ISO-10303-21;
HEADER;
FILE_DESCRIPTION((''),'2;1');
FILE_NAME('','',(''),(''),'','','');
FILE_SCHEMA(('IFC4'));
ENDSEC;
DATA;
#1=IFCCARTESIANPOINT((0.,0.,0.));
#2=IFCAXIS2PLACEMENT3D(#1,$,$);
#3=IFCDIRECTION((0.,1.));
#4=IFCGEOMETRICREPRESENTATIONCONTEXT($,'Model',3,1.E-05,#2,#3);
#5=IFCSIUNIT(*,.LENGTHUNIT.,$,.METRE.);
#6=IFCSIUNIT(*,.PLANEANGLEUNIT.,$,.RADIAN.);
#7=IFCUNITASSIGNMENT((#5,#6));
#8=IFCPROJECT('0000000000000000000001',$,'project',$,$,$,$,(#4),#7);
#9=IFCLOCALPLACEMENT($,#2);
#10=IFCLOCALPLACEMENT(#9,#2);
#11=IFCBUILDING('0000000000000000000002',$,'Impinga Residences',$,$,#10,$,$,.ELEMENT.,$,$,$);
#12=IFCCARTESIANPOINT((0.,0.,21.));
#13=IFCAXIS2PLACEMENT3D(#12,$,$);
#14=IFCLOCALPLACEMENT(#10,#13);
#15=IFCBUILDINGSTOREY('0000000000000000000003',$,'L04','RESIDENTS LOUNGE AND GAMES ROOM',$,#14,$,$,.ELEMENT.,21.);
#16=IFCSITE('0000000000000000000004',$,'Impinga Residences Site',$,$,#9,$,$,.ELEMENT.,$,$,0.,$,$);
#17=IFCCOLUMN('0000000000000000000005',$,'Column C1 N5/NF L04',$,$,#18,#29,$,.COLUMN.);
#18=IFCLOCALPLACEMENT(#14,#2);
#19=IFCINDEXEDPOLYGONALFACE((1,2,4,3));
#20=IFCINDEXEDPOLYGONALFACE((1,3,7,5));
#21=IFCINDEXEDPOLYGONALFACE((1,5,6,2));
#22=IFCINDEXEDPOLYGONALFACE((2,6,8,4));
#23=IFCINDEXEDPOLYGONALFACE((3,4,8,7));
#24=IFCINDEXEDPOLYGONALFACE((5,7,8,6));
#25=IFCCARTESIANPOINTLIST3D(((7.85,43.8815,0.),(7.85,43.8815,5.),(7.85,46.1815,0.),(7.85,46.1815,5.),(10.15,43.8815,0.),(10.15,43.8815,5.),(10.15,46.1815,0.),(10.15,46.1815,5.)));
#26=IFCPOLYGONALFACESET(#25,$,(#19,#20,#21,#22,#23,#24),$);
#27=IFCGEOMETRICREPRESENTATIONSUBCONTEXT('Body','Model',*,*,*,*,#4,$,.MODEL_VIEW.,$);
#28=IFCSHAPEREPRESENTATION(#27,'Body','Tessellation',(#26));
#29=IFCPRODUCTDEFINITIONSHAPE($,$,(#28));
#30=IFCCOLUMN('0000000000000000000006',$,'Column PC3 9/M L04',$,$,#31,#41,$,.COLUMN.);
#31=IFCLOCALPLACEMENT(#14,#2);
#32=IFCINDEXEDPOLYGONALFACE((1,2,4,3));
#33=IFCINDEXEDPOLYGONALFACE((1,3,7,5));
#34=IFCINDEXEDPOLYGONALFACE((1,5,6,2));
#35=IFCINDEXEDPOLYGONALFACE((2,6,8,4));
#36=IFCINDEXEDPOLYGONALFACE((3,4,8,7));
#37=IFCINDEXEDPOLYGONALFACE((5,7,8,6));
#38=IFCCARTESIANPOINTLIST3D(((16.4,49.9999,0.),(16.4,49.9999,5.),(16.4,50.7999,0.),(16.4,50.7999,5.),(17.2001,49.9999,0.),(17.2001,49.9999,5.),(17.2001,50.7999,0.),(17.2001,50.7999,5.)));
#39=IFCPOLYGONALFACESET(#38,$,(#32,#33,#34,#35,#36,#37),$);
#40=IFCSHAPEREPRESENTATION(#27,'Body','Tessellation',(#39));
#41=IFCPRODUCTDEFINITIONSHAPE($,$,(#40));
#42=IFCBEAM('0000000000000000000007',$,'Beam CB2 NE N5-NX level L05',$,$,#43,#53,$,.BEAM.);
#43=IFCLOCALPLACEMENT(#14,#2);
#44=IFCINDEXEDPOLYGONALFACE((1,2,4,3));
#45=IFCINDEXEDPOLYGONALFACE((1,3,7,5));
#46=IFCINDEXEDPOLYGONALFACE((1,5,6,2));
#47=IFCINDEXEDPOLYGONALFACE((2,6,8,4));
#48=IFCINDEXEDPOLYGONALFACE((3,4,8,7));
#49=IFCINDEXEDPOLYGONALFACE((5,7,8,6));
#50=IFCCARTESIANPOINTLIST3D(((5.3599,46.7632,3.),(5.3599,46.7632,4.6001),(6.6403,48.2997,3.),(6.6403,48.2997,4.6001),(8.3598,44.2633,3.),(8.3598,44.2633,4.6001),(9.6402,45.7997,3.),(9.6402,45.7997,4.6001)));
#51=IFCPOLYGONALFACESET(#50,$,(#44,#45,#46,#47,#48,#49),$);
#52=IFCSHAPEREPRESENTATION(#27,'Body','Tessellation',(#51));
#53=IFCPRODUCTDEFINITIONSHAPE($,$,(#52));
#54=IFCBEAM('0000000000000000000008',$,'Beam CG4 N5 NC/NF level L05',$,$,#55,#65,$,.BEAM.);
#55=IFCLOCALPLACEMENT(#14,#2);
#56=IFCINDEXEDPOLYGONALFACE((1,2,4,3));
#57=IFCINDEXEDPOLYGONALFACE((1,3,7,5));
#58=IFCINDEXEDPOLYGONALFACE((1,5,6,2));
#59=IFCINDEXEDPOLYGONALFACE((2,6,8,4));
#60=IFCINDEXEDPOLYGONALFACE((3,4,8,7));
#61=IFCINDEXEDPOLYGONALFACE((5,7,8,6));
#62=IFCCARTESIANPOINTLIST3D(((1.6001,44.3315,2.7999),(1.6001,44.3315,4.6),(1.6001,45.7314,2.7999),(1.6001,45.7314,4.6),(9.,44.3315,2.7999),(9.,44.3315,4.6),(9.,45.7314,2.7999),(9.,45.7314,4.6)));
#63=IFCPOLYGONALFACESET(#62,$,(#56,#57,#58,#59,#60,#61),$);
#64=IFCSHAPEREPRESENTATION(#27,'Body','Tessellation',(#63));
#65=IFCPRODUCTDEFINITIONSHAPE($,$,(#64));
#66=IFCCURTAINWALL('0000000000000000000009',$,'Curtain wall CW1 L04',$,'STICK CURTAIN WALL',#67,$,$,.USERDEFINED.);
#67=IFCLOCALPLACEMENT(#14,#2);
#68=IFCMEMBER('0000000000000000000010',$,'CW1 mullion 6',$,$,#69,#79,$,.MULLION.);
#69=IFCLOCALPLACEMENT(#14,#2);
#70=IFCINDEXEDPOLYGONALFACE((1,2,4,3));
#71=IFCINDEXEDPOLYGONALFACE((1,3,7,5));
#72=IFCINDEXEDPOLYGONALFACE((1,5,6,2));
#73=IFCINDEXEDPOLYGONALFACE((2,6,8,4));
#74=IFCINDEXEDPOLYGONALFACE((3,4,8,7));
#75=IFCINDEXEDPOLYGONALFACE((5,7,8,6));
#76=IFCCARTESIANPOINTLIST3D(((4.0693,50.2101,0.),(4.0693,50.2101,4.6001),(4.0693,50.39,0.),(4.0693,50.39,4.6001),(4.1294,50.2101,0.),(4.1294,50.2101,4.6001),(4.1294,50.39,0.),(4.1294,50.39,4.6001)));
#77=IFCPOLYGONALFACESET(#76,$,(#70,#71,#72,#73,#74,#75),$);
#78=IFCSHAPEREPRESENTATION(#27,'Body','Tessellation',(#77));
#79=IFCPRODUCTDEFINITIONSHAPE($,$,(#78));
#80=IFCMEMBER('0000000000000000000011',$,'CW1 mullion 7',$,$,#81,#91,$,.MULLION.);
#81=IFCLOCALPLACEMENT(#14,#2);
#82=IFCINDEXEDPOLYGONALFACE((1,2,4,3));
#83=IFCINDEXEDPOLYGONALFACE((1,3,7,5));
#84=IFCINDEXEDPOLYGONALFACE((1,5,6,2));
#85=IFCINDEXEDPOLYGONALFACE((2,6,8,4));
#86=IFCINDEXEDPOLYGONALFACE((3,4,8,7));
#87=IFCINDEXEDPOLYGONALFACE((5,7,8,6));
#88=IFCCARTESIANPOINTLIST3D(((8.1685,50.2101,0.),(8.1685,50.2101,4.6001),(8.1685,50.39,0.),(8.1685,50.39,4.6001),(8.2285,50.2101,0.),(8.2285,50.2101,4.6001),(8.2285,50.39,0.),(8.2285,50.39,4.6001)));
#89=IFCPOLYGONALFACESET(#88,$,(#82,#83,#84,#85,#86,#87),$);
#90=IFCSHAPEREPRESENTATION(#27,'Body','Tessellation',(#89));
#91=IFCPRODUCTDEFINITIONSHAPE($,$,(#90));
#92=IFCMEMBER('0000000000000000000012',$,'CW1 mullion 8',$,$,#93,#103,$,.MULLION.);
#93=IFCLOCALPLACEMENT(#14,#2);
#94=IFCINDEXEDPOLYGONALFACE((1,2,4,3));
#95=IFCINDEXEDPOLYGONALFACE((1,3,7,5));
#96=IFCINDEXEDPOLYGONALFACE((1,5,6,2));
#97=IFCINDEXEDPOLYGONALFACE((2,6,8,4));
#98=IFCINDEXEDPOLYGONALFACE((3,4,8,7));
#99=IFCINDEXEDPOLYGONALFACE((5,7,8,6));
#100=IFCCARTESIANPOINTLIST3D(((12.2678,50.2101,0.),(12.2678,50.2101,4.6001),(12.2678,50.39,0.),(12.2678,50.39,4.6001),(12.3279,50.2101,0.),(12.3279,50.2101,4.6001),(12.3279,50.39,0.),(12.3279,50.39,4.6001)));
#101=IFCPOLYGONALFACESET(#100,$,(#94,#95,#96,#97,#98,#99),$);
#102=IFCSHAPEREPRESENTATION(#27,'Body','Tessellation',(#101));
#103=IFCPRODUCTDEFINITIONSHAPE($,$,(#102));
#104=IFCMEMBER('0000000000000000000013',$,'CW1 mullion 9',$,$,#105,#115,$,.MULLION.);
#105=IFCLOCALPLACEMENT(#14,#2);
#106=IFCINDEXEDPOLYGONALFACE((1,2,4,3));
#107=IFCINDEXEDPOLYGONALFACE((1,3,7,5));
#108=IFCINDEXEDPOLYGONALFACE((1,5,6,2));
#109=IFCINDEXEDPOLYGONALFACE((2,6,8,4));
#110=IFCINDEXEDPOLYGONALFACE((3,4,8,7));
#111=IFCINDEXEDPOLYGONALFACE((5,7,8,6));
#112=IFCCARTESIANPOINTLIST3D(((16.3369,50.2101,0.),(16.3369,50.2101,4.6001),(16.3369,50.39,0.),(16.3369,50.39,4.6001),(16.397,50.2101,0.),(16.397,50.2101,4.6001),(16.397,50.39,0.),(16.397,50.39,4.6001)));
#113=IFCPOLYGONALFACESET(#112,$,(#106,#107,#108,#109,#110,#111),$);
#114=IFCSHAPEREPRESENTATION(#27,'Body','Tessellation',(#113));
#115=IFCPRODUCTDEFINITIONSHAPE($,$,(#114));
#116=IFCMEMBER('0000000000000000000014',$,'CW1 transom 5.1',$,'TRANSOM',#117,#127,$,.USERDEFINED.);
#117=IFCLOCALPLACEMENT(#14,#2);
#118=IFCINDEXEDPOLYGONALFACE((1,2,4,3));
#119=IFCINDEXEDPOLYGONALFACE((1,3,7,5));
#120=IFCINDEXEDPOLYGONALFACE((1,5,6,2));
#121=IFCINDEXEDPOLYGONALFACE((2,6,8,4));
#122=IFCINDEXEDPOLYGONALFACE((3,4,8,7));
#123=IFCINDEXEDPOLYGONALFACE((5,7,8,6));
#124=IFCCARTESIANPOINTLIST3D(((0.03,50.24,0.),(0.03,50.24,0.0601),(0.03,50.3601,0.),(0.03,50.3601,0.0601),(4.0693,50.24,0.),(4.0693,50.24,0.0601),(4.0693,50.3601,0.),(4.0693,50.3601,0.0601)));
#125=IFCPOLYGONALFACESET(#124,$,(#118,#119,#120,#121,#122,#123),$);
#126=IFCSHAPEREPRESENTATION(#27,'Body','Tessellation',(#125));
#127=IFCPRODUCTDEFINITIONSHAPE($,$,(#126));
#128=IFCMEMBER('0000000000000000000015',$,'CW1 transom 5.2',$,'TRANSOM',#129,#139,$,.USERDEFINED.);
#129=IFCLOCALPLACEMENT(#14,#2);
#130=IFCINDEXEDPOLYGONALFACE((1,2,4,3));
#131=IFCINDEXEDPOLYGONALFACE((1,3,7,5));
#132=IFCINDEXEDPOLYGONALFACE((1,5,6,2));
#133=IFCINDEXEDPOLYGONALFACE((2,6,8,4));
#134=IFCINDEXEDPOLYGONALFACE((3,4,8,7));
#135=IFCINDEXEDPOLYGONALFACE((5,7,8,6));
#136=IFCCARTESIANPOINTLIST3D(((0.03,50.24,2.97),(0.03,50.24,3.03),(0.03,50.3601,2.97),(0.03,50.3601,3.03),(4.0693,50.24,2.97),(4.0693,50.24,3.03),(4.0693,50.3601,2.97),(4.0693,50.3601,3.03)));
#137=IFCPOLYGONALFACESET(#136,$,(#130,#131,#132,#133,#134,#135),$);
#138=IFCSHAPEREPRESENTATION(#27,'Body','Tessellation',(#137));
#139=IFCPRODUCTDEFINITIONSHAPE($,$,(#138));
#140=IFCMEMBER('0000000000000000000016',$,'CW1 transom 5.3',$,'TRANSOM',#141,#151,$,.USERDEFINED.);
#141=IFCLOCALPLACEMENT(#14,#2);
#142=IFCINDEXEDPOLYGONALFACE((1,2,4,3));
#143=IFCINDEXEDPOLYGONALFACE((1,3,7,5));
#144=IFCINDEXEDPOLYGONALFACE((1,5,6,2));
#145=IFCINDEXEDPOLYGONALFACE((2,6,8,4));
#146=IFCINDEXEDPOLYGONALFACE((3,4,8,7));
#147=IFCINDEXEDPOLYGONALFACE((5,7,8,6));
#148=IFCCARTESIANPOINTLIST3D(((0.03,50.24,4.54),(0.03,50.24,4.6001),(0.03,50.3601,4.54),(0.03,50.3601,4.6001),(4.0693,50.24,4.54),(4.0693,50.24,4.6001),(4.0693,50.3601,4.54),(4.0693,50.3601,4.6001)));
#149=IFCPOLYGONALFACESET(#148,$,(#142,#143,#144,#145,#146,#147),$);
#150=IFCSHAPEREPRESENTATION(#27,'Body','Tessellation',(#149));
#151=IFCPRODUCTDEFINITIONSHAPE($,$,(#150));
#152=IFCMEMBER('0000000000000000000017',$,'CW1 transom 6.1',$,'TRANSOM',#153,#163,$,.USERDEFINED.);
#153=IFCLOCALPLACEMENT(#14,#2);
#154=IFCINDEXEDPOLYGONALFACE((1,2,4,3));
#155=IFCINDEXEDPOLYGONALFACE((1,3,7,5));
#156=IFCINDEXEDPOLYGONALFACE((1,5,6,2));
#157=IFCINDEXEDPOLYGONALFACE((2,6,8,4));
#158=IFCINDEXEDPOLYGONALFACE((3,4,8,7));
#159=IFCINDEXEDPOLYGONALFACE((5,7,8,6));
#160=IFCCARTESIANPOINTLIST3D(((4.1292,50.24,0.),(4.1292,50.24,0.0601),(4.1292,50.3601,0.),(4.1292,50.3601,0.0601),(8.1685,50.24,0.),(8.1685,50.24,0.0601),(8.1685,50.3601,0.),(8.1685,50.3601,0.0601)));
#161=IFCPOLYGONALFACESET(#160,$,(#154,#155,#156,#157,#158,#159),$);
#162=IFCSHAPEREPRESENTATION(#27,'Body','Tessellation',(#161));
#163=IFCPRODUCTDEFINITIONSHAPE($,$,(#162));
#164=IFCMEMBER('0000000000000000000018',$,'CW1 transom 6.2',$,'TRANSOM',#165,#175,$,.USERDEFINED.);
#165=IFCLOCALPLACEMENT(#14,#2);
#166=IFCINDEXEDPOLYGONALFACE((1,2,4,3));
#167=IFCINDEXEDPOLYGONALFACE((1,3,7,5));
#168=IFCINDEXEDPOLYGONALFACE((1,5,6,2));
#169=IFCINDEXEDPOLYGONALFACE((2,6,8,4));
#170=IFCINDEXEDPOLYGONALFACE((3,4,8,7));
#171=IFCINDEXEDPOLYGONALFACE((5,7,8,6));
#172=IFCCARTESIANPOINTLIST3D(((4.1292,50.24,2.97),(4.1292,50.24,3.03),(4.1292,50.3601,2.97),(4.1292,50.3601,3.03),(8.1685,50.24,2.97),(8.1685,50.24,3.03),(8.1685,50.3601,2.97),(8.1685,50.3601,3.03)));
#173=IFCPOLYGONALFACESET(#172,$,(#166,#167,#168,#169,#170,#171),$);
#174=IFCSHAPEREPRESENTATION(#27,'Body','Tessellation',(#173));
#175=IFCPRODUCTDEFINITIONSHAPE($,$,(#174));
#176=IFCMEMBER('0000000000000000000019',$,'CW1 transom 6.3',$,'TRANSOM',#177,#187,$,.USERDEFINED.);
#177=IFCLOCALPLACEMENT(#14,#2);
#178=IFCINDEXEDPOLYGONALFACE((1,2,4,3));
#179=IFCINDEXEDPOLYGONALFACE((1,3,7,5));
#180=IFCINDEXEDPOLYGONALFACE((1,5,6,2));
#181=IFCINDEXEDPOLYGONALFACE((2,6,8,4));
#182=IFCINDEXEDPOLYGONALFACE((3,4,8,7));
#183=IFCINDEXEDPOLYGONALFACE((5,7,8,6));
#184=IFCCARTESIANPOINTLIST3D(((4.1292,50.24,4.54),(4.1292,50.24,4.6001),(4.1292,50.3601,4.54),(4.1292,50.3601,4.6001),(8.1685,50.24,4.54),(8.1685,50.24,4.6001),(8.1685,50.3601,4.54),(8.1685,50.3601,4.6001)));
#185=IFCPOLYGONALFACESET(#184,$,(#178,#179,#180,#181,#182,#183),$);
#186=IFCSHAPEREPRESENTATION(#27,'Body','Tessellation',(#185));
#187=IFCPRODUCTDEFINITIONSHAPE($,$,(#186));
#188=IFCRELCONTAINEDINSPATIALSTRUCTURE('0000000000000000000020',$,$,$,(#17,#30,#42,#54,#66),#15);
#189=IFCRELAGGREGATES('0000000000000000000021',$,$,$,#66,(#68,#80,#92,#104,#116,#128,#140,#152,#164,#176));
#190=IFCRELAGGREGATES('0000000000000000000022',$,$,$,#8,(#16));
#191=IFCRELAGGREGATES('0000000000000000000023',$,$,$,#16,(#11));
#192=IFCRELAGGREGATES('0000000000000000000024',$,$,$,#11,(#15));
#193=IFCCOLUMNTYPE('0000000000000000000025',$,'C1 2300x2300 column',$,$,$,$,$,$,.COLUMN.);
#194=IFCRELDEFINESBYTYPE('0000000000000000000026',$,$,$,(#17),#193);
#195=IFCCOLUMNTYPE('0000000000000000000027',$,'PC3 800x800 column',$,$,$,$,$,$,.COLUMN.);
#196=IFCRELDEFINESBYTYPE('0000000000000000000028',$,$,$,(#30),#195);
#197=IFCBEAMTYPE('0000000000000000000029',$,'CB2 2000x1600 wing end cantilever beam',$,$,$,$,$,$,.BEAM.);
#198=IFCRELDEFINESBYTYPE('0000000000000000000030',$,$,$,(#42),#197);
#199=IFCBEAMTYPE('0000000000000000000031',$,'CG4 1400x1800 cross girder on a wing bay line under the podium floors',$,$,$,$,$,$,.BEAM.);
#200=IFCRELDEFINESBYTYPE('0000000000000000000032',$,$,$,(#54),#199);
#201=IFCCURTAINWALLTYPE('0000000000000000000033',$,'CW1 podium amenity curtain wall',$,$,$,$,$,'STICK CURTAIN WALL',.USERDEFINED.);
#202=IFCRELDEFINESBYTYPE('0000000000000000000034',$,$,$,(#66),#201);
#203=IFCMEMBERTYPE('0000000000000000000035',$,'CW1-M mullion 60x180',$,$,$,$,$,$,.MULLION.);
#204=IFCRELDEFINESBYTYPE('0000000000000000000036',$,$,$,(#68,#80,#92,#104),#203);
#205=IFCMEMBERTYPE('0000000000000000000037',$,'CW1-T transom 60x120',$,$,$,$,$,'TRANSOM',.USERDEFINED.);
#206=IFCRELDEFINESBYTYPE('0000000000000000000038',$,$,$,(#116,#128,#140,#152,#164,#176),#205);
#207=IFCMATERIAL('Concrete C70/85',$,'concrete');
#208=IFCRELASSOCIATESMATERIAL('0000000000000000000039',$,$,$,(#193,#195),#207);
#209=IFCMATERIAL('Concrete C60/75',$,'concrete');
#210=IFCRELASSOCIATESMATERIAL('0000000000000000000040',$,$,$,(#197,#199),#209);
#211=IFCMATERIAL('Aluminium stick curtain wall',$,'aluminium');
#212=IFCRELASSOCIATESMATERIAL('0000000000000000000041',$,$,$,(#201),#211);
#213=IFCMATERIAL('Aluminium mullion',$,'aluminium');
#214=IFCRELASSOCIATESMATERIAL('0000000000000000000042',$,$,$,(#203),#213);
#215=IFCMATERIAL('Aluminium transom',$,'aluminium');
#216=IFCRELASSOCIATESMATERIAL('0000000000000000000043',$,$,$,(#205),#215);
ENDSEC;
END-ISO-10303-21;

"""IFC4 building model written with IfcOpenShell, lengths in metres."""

from ifc_helpers import new_model, si_unit, direction, frame, origin, origin_2d, place, context, subcontext, project, spatial, rectangle, extrude, material, material_profile, profile_set, type_object, element, aggregate, save


model = new_model("IFC4")

# Units and contexts
model_context = context("Model", 3, precision=1e-05, world=origin(), true_north=direction((0.0, 1.0)))
body_context = subcontext(model_context, "Body", "Model", "MODEL_VIEW")
ifc_project = project(units=[si_unit("LENGTHUNIT", "METRE"), si_unit("PLANEANGLEUNIT", "RADIAN")], contexts=[model_context])

# Site, building, storey
site_placement = place(None, origin())
site = spatial("IfcSite", under=ifc_project, at=site_placement, Name="Impinga Residences Site", CompositionType="ELEMENT", RefElevation=0.0)
building_placement = place(site_placement, origin())
building = spatial("IfcBuilding", under=site, at=building_placement, Name="Impinga Residences", CompositionType="ELEMENT")
storey_placement = place(building_placement, frame((0.0, 0.0, 21.0)))
storey = spatial("IfcBuildingStorey", under=building, at=storey_placement, Name="L04", Description="RESIDENTS LOUNGE AND GAMES ROOM", CompositionType="ELEMENT", Elevation=21.0)

# Columns
ifc_material_1 = material(Name="Concrete C70/85", Category="concrete")
ifc_material_profile_1 = material_profile(ifc_material_1, rectangle(XDim=2.3, YDim=2.3, at=origin_2d()), Name="RC 2300x2300")
ifc_profile_set_1 = profile_set([ifc_material_profile_1], Name="Concrete C70/85")
column_type_1 = type_object("IfcColumnType", Name="C1 2300x2300 column", PredefinedType="COLUMN", material=ifc_profile_set_1)
column_1_placement = place(storey_placement, frame((9.0, 45.0315, 0.0), z_axis=(0.0, 0.0, 1.0), x_axis=(1.0, 0.0, 0.0)))
element("IfcColumn", 1, at=column_1_placement, inside=storey, type_object=column_type_1, Name="Column C1 N5/NF L04", PredefinedType="COLUMN", context=body_context, shape_type="SweptSolid", body=[
    extrude(rectangle(XDim=2.3, YDim=2.3, at=origin_2d()), origin(), (0.0, 0.0, 1.0), 5.0),
])
ifc_material_profile_2 = material_profile(ifc_material_1, rectangle(XDim=0.8, YDim=0.8, at=origin_2d()), Name="RC 800x800")
ifc_profile_set_2 = profile_set([ifc_material_profile_2], Name="Concrete C70/85")
column_type_2 = type_object("IfcColumnType", Name="PC3 800x800 column", PredefinedType="COLUMN", material=ifc_profile_set_2)
column_2_placement = place(storey_placement, frame((16.8, 50.3999, 0.0), z_axis=(0.0, 0.0, 1.0), x_axis=(1.0, 0.0, 0.0)))
element("IfcColumn", 2, at=column_2_placement, inside=storey, type_object=column_type_2, Name="Column PC3 9/M L04", PredefinedType="COLUMN", context=body_context, shape_type="SweptSolid", body=[
    extrude(rectangle(XDim=0.8, YDim=0.8, at=origin_2d()), origin(), (0.0, 0.0, 1.0), 5.0),
])

# Beams
ifc_material_2 = material(Name="Concrete C60/75", Category="concrete")
ifc_material_profile_3 = material_profile(ifc_material_2, rectangle(XDim=2.0, YDim=1.6001, at=origin_2d()), Name="RC 2000x1600")
ifc_profile_set_3 = profile_set([ifc_material_profile_3], Name="Concrete C60/75")
beam_type_1 = type_object("IfcBeamType", Name="CB2 2000x1600 wing end cantilever beam", PredefinedType="BEAM", material=ifc_profile_set_3)
beam_1_placement = place(storey_placement, frame((9.0, 45.0315, 3.8), z_axis=(-0.768221, 0.640184, 0.0), x_axis=(-0.640184, -0.768221, 0.0)))
element("IfcBeam", 3, at=beam_1_placement, inside=storey, type_object=beam_type_1, Name="Beam CB2 NE N5-NX level L05", PredefinedType="BEAM", context=body_context, shape_type="SweptSolid", body=[
    extrude(rectangle(XDim=2.0, YDim=1.6001, at=origin_2d()), origin(), (0.0, 0.0, 1.0), 3.905),
])
ifc_material_profile_4 = material_profile(ifc_material_2, rectangle(XDim=1.3999, YDim=1.8, at=origin_2d()), Name="RC 1400x1800")
ifc_profile_set_4 = profile_set([ifc_material_profile_4], Name="Concrete C60/75")
beam_type_2 = type_object("IfcBeamType", Name="CG4 1400x1800 cross girder on a wing bay line under the podium floors", PredefinedType="BEAM", material=ifc_profile_set_4)
beam_2_placement = place(storey_placement, frame((1.6001, 45.0315, 3.7), z_axis=(1.0, 0.0, 0.0), x_axis=(0.0, 1.0, 0.0)))
element("IfcBeam", 4, at=beam_2_placement, inside=storey, type_object=beam_type_2, Name="Beam CG4 N5 NC/NF level L05", PredefinedType="BEAM", context=body_context, shape_type="SweptSolid", body=[
    extrude(rectangle(XDim=1.3999, YDim=1.8, at=origin_2d()), origin(), (0.0, 0.0, 1.0), 7.3999),
])

# Curtain wall, members
ifc_material_3 = material(Name="Aluminium stick curtain wall", Category="aluminium")
curtain_wall_type = type_object("IfcCurtainWallType", Name="CW1 podium amenity curtain wall", ElementType="STICK CURTAIN WALL", PredefinedType="USERDEFINED", material=ifc_material_3)
curtain_wall_placement = place(storey_placement, origin())
curtain_wall = element("IfcCurtainWall", 5, at=curtain_wall_placement, inside=storey, type_object=curtain_wall_type, Name="Curtain wall CW1 L04", ObjectType="STICK CURTAIN WALL", PredefinedType="USERDEFINED")
ifc_material_4 = material(Name="Aluminium mullion", Category="aluminium")
ifc_material_profile_5 = material_profile(ifc_material_4, rectangle(XDim=0.0601, YDim=0.1799, at=origin_2d()), Name="60x180 mullion")
ifc_profile_set_5 = profile_set([ifc_material_profile_5], Name="Aluminium mullion")
member_type_1 = type_object("IfcMemberType", Name="CW1-M mullion 60x180", PredefinedType="MULLION", material=ifc_profile_set_5)
member_1_placement = place(storey_placement, frame((4.0994, 50.3, 0.0), z_axis=(0.0, 0.0, 1.0), x_axis=(1.0, 0.0, 0.0)))
member_1 = element("IfcMember", 6, at=member_1_placement, type_object=member_type_1, Name="CW1 mullion 6", PredefinedType="MULLION", context=body_context, shape_type="SweptSolid", body=[
    extrude(rectangle(XDim=0.0601, YDim=0.1799, at=origin_2d()), origin(), (0.0, 0.0, 1.0), 4.6001),
])
member_2_placement = place(storey_placement, frame((8.1985, 50.3, 0.0), z_axis=(0.0, 0.0, 1.0), x_axis=(1.0, 0.0, 0.0)))
member_2 = element("IfcMember", 7, at=member_2_placement, type_object=member_type_1, Name="CW1 mullion 7", PredefinedType="MULLION", context=body_context, shape_type="SweptSolid", body=[
    extrude(rectangle(XDim=0.0601, YDim=0.1799, at=origin_2d()), origin(), (0.0, 0.0, 1.0), 4.6001),
])
member_3_placement = place(storey_placement, frame((12.2979, 50.3, 0.0), z_axis=(0.0, 0.0, 1.0), x_axis=(1.0, 0.0, 0.0)))
member_3 = element("IfcMember", 8, at=member_3_placement, type_object=member_type_1, Name="CW1 mullion 8", PredefinedType="MULLION", context=body_context, shape_type="SweptSolid", body=[
    extrude(rectangle(XDim=0.0601, YDim=0.1799, at=origin_2d()), origin(), (0.0, 0.0, 1.0), 4.6001),
])
member_4_placement = place(storey_placement, frame((16.3669, 50.3, 0.0), z_axis=(0.0, 0.0, 1.0), x_axis=(1.0, 0.0, 0.0)))
member_4 = element("IfcMember", 9, at=member_4_placement, type_object=member_type_1, Name="CW1 mullion 9", PredefinedType="MULLION", context=body_context, shape_type="SweptSolid", body=[
    extrude(rectangle(XDim=0.0601, YDim=0.1799, at=origin_2d()), origin(), (0.0, 0.0, 1.0), 4.6001),
])
ifc_material_5 = material(Name="Aluminium transom", Category="aluminium")
ifc_material_profile_6 = material_profile(ifc_material_5, rectangle(XDim=0.0601, YDim=0.1201, at=origin_2d()), Name="60x120 transom")
ifc_profile_set_6 = profile_set([ifc_material_profile_6], Name="Aluminium transom")
member_type_2 = type_object("IfcMemberType", Name="CW1-T transom 60x120", ElementType="TRANSOM", PredefinedType="USERDEFINED", material=ifc_profile_set_6)
member_5_placement = place(storey_placement, frame((0.03, 50.3, 0.03), z_axis=(1.0, 0.0, 0.0), x_axis=(0.0, 0.0, 1.0)))
member_5 = element("IfcMember", 10, at=member_5_placement, type_object=member_type_2, Name="CW1 transom 5.1", ObjectType="TRANSOM", PredefinedType="USERDEFINED", context=body_context, shape_type="SweptSolid", body=[
    extrude(rectangle(XDim=0.0601, YDim=0.1201, at=origin_2d()), origin(), (0.0, 0.0, 1.0), 4.0393),
])
member_6_placement = place(storey_placement, frame((0.03, 50.3, 3.0), z_axis=(1.0, 0.0, 0.0), x_axis=(0.0, 0.0, 1.0)))
member_6 = element("IfcMember", 11, at=member_6_placement, type_object=member_type_2, Name="CW1 transom 5.2", ObjectType="TRANSOM", PredefinedType="USERDEFINED", context=body_context, shape_type="SweptSolid", body=[
    extrude(rectangle(XDim=0.0601, YDim=0.1201, at=origin_2d()), origin(), (0.0, 0.0, 1.0), 4.0393),
])
member_7_placement = place(storey_placement, frame((0.03, 50.3, 4.5701), z_axis=(1.0, 0.0, 0.0), x_axis=(0.0, 0.0, 1.0)))
member_7 = element("IfcMember", 12, at=member_7_placement, type_object=member_type_2, Name="CW1 transom 5.3", ObjectType="TRANSOM", PredefinedType="USERDEFINED", context=body_context, shape_type="SweptSolid", body=[
    extrude(rectangle(XDim=0.0601, YDim=0.1201, at=origin_2d()), origin(), (0.0, 0.0, 1.0), 4.0393),
])
member_8_placement = place(storey_placement, frame((4.1292, 50.3, 0.03), z_axis=(1.0, 0.0, 0.0), x_axis=(0.0, 0.0, 1.0)))
member_8 = element("IfcMember", 13, at=member_8_placement, type_object=member_type_2, Name="CW1 transom 6.1", ObjectType="TRANSOM", PredefinedType="USERDEFINED", context=body_context, shape_type="SweptSolid", body=[
    extrude(rectangle(XDim=0.0601, YDim=0.1201, at=origin_2d()), origin(), (0.0, 0.0, 1.0), 4.0393),
])
member_9_placement = place(storey_placement, frame((4.1292, 50.3, 3.0), z_axis=(1.0, 0.0, 0.0), x_axis=(0.0, 0.0, 1.0)))
member_9 = element("IfcMember", 14, at=member_9_placement, type_object=member_type_2, Name="CW1 transom 6.2", ObjectType="TRANSOM", PredefinedType="USERDEFINED", context=body_context, shape_type="SweptSolid", body=[
    extrude(rectangle(XDim=0.0601, YDim=0.1201, at=origin_2d()), origin(), (0.0, 0.0, 1.0), 4.0393),
])
member_10_placement = place(storey_placement, frame((4.1292, 50.3, 4.5701), z_axis=(1.0, 0.0, 0.0), x_axis=(0.0, 0.0, 1.0)))
member_10 = element("IfcMember", 15, at=member_10_placement, type_object=member_type_2, Name="CW1 transom 6.3", ObjectType="TRANSOM", PredefinedType="USERDEFINED", context=body_context, shape_type="SweptSolid", body=[
    extrude(rectangle(XDim=0.0601, YDim=0.1201, at=origin_2d()), origin(), (0.0, 0.0, 1.0), 4.0393),
])

aggregate(curtain_wall, [member_1, member_2, member_3, member_4, member_5, member_6, member_7, member_8, member_9, member_10])

save(model, "model.ifc")
